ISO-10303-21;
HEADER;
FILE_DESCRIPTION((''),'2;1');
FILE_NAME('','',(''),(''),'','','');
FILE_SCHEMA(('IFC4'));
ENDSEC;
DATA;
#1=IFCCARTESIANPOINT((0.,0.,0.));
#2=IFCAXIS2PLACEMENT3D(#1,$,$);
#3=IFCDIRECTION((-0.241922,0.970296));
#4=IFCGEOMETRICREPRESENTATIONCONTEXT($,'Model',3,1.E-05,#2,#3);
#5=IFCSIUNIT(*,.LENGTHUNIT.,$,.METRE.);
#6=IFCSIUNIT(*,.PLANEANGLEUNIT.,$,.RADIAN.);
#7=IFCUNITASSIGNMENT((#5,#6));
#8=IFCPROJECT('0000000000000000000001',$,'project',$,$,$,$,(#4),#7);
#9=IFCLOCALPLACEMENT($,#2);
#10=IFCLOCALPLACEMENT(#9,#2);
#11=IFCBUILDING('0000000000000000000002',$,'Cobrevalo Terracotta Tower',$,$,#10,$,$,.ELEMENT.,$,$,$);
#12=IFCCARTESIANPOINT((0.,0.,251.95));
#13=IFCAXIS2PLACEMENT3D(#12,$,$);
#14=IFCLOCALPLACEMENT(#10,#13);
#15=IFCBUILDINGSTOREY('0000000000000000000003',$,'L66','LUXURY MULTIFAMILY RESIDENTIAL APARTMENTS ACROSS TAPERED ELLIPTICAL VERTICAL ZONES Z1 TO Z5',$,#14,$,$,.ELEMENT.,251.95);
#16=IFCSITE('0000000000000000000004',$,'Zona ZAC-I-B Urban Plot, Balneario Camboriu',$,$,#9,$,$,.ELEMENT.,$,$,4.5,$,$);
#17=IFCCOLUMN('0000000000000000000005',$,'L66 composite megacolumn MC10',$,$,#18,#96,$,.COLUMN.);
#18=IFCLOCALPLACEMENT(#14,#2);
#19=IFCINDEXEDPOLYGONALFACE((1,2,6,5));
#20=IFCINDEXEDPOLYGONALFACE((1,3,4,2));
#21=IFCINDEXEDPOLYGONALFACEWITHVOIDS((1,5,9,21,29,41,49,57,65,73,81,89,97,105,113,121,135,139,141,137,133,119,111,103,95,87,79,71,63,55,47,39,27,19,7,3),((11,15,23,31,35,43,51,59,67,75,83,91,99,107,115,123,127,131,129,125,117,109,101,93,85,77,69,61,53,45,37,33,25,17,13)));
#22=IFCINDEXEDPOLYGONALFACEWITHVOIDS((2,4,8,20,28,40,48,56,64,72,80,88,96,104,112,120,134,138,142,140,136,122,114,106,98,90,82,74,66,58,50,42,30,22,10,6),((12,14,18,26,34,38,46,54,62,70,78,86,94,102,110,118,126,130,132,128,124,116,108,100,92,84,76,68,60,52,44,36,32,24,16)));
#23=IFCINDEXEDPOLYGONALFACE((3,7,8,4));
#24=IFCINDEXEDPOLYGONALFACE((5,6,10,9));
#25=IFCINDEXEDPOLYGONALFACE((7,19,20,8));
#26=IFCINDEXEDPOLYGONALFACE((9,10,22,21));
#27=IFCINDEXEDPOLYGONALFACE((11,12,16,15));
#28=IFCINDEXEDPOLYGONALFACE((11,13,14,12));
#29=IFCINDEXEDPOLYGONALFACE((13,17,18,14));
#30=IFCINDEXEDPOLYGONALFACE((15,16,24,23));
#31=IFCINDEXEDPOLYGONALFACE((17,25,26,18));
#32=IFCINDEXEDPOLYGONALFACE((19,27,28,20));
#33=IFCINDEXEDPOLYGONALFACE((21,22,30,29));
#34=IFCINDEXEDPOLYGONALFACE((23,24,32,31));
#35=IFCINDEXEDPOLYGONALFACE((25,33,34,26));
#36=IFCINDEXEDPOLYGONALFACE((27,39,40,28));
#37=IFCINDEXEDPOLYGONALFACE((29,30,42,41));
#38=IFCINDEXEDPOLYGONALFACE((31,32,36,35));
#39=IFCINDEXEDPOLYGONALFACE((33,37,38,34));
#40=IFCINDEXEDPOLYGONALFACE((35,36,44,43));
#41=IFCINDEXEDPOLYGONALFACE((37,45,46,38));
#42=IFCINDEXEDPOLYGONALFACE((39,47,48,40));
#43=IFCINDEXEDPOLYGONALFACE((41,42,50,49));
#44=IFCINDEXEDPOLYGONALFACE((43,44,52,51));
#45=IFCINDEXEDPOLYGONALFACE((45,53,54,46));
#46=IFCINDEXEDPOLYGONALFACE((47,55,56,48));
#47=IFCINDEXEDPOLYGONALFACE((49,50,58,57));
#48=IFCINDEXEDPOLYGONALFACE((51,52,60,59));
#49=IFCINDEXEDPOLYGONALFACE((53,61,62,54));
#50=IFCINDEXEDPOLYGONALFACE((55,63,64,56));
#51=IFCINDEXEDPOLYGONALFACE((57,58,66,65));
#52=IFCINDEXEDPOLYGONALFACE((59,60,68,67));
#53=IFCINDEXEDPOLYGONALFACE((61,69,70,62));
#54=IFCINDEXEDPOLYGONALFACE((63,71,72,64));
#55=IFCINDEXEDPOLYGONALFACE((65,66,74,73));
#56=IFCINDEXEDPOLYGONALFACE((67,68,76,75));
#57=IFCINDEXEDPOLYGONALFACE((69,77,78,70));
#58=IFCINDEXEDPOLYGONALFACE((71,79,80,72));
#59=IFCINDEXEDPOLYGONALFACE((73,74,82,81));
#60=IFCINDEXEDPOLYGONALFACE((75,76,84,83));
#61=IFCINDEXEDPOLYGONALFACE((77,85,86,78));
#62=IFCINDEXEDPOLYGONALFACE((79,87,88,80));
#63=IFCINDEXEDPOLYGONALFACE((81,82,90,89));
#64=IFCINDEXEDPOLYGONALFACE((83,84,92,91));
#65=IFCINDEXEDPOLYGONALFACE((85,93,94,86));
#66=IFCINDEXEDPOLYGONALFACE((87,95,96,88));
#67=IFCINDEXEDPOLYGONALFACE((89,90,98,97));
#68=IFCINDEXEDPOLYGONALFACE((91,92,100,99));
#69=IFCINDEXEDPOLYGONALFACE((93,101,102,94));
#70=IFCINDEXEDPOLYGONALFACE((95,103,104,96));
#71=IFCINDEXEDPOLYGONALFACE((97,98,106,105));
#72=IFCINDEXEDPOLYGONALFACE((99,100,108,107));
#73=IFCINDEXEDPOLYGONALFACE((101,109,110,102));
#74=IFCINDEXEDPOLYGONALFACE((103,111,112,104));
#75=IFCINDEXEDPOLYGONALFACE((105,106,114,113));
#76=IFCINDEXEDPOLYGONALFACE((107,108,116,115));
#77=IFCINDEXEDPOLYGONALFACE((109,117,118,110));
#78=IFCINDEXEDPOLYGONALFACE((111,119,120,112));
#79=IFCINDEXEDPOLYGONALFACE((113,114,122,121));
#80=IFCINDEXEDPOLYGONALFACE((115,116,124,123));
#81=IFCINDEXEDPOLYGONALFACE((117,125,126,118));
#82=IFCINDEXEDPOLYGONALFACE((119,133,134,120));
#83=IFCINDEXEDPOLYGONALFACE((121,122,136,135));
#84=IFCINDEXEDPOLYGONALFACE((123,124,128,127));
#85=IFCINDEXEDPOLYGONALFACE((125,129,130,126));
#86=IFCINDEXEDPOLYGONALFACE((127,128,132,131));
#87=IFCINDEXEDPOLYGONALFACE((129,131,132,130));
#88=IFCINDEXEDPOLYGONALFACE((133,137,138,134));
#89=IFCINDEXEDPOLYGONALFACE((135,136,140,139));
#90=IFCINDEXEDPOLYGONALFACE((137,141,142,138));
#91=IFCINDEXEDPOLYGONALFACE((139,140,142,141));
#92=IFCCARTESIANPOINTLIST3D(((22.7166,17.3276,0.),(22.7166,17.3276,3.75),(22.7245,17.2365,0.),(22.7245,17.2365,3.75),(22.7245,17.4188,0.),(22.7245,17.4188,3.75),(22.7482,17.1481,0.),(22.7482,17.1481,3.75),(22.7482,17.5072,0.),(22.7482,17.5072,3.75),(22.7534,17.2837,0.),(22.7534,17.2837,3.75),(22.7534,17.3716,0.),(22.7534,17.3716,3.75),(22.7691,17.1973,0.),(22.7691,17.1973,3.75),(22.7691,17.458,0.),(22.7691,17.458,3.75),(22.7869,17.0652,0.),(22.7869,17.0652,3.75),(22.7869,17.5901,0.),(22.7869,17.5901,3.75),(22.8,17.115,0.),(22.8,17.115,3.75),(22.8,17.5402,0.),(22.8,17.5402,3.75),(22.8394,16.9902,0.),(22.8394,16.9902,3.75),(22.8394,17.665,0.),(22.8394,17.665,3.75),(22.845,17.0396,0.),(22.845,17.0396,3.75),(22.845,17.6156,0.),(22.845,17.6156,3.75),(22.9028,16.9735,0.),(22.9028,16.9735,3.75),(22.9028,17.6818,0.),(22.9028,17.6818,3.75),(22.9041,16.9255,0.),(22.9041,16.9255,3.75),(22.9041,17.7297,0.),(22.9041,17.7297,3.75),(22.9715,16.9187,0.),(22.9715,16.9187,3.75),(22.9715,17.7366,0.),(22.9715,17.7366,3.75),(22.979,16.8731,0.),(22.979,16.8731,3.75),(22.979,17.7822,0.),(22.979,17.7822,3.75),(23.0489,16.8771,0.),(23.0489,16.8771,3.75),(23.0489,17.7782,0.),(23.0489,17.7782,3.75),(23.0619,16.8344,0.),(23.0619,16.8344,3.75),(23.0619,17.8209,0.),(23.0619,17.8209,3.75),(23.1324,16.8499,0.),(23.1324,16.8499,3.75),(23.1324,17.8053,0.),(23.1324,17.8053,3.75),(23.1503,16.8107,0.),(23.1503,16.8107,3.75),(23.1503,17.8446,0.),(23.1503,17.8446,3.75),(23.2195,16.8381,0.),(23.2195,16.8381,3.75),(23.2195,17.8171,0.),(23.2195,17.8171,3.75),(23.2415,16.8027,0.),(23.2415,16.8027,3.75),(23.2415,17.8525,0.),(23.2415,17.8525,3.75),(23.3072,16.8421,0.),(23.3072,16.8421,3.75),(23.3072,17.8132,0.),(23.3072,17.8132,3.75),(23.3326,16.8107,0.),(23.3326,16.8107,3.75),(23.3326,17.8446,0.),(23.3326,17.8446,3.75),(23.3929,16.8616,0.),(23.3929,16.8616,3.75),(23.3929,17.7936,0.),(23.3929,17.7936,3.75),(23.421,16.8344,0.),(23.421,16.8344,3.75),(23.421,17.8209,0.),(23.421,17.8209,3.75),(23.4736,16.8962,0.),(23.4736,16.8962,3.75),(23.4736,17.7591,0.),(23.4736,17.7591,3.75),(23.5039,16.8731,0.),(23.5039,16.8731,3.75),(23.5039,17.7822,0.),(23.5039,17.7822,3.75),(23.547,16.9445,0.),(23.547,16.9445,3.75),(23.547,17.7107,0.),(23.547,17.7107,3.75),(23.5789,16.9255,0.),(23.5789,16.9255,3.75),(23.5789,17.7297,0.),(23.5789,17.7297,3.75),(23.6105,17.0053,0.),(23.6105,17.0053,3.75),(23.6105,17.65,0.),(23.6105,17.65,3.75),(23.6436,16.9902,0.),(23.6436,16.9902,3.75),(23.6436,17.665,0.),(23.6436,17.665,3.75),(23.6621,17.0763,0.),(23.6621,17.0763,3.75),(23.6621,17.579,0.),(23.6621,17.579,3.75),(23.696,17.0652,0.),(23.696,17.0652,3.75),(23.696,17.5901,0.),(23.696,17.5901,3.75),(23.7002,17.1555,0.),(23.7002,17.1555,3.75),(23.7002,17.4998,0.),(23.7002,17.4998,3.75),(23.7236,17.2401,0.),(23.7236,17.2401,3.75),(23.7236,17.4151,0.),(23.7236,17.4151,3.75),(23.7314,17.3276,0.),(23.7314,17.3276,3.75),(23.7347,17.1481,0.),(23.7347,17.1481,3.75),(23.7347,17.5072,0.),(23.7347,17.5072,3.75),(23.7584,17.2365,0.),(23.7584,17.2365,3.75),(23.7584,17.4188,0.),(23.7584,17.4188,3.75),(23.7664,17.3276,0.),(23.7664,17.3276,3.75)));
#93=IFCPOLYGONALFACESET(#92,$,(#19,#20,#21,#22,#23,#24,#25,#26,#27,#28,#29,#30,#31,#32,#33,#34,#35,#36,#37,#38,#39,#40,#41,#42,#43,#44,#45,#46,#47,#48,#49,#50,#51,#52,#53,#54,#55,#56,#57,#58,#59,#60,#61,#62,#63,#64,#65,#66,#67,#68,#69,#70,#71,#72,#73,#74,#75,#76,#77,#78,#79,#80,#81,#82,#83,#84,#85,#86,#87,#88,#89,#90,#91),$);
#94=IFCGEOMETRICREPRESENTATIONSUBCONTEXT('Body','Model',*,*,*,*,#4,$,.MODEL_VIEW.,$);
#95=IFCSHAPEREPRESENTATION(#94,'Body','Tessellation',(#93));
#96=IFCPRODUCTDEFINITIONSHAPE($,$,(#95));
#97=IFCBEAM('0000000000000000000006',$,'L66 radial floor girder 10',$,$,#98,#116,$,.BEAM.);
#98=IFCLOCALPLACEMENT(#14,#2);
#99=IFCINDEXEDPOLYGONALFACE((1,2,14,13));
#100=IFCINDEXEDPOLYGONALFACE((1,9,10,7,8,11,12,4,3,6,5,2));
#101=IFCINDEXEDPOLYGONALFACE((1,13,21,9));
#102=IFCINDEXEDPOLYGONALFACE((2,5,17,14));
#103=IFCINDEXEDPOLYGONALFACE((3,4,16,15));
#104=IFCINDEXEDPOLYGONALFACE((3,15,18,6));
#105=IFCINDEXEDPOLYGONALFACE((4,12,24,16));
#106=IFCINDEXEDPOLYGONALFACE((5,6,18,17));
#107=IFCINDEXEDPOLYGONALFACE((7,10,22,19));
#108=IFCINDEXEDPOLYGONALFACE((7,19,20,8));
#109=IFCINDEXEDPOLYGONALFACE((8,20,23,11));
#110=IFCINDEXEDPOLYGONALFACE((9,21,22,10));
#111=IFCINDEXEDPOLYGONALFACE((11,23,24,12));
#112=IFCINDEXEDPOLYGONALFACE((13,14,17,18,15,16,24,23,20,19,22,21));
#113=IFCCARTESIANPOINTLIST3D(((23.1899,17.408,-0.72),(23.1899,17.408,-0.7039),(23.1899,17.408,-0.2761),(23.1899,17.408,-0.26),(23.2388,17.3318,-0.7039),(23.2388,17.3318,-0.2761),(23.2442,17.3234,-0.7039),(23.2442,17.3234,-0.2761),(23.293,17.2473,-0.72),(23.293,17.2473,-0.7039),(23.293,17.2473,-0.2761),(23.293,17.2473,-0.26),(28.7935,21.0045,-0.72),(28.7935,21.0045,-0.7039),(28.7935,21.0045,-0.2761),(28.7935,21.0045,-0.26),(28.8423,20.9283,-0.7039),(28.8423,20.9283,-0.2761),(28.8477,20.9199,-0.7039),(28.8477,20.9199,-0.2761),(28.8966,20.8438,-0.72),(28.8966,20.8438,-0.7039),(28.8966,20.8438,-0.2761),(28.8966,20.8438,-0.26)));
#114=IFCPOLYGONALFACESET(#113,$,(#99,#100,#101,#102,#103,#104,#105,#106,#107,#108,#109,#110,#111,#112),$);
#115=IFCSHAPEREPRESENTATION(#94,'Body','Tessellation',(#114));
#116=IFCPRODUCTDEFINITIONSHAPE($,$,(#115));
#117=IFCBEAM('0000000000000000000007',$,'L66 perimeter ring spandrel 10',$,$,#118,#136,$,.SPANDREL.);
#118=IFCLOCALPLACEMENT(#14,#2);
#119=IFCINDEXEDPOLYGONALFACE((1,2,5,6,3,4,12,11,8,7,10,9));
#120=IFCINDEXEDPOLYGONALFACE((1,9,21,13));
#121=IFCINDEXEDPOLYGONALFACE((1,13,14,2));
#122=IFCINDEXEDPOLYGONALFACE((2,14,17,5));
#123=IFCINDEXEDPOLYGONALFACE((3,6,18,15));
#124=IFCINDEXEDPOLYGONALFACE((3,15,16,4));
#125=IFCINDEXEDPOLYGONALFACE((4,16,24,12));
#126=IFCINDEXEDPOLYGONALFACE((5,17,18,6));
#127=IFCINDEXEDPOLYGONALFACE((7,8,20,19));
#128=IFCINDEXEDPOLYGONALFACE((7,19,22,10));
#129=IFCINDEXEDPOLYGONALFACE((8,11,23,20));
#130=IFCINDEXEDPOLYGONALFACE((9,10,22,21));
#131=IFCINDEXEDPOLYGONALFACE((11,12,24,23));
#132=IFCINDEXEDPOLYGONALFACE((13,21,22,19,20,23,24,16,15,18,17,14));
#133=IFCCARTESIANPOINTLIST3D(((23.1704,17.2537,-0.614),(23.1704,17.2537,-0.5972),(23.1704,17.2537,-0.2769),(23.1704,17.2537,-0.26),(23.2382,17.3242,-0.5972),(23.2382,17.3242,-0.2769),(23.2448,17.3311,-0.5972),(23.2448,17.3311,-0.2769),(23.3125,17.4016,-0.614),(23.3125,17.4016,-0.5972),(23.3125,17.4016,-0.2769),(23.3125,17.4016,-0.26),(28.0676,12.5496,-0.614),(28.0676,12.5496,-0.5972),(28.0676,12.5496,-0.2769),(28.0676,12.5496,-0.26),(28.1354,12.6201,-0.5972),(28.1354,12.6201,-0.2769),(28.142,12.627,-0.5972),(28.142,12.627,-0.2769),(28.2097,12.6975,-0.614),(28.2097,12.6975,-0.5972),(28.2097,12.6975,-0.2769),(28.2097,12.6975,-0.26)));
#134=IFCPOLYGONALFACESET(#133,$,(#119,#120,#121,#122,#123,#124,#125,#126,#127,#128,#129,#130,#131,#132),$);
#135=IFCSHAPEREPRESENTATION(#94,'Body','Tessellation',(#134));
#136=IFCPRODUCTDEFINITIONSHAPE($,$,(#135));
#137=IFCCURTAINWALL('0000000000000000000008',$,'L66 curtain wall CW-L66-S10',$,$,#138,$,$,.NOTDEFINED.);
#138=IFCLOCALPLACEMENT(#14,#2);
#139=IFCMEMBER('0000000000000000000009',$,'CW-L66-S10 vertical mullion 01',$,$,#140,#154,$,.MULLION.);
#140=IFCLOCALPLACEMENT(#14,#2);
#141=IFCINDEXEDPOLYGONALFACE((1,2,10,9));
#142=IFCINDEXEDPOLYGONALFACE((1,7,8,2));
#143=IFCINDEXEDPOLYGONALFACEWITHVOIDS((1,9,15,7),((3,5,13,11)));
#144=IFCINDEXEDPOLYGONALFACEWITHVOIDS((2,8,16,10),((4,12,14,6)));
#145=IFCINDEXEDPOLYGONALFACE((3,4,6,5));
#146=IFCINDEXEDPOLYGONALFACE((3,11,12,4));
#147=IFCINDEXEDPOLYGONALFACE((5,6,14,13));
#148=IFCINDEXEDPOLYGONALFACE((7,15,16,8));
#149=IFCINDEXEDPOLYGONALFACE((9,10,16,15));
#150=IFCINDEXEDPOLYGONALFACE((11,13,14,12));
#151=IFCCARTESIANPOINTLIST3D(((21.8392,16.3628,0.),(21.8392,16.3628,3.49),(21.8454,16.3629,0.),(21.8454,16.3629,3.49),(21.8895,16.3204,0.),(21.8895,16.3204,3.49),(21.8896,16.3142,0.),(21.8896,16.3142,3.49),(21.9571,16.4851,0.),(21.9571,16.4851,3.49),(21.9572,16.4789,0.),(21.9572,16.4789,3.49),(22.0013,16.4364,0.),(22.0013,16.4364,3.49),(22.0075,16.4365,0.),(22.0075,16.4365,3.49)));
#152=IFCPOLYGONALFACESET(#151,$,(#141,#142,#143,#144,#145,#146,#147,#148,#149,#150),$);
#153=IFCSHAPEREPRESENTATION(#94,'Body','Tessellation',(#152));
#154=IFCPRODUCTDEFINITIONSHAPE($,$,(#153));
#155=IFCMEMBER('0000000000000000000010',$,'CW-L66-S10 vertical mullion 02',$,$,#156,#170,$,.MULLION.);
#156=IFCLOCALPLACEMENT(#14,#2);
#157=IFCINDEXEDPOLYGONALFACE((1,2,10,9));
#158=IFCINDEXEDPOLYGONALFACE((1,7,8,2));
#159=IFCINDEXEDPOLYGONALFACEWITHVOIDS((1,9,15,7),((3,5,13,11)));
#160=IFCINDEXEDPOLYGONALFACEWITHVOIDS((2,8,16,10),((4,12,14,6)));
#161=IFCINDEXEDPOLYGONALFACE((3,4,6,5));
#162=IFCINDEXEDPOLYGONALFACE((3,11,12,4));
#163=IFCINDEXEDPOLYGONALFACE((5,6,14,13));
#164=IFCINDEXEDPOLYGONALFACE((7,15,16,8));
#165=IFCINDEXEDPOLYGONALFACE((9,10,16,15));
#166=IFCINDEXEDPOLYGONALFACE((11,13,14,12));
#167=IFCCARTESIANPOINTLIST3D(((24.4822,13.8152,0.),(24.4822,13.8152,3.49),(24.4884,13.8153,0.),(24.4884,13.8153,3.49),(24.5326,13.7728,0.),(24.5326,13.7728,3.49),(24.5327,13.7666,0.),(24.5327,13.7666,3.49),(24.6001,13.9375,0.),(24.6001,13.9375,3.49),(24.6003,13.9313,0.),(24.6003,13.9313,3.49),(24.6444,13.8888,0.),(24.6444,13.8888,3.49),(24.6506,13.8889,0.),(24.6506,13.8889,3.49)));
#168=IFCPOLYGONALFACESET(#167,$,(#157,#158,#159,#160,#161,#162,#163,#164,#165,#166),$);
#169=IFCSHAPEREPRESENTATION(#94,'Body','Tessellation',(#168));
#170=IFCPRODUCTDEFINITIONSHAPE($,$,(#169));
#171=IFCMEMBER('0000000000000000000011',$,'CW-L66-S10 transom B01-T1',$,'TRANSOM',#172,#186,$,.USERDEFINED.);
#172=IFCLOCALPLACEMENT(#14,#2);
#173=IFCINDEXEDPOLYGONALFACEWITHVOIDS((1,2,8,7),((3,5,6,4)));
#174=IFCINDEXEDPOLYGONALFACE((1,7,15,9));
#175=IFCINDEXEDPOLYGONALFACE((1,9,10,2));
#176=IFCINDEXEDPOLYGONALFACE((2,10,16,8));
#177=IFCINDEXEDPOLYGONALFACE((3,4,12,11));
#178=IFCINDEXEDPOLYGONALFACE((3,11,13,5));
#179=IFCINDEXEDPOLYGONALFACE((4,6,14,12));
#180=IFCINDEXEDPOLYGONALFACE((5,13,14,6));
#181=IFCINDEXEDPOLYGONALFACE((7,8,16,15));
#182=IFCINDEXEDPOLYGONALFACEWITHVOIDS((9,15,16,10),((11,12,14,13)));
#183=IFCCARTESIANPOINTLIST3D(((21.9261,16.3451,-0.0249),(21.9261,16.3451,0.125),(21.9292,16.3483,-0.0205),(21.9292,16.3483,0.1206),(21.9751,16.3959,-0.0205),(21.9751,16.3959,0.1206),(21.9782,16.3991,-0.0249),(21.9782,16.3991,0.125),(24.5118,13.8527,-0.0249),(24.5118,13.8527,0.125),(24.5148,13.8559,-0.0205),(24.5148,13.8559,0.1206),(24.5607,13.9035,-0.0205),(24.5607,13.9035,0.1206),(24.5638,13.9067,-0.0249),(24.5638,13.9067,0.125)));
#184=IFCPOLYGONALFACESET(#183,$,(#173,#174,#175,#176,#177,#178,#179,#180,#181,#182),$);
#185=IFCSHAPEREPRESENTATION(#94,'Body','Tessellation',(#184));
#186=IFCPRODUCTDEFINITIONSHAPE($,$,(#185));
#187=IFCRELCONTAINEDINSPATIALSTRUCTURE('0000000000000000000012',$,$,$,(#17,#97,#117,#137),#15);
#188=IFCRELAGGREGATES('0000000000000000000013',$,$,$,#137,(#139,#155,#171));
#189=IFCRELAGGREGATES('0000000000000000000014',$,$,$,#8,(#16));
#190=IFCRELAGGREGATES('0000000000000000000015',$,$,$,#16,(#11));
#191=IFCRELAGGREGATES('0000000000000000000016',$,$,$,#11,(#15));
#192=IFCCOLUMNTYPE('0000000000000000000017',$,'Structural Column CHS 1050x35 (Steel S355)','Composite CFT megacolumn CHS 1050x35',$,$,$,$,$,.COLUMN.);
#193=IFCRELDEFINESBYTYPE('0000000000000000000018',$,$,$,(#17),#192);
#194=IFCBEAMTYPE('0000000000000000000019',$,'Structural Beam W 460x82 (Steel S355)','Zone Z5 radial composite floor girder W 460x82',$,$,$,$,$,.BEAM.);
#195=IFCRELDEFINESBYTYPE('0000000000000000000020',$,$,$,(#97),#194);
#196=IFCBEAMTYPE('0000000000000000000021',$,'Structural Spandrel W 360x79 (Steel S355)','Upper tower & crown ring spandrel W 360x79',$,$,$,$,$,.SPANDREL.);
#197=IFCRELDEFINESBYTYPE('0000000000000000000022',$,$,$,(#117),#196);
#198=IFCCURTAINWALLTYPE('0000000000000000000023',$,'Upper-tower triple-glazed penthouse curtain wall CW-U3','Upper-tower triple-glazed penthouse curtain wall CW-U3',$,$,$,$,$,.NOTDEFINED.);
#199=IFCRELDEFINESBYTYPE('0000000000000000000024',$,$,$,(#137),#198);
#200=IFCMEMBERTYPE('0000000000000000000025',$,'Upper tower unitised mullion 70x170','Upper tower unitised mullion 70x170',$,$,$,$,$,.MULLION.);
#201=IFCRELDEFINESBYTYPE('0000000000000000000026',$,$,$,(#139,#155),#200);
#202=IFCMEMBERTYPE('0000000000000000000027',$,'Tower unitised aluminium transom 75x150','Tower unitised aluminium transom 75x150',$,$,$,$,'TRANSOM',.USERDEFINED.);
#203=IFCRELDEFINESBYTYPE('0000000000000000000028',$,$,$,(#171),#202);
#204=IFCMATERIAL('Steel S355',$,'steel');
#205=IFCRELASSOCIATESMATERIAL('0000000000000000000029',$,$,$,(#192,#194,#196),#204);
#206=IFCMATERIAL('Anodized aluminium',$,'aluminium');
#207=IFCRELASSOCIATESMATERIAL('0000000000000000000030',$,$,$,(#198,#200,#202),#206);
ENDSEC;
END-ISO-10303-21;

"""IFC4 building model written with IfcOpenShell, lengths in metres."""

from ifc_helpers import new_model, si_unit, direction, frame, origin, origin_2d, place, context, subcontext, project, spatial, hollow_rectangle, hollow_circle, i_section, extrude, source, transform, mapped, material, material_profile, profile_set, type_object, element, aggregate, save


model = new_model("IFC4")

# Units and contexts
model_context = context("Model", 3, precision=1e-05, world=origin(), true_north=direction((-0.241922, 0.970296)))
body_context = subcontext(model_context, "Body", "Model", "MODEL_VIEW")
ifc_project = project(units=[si_unit("LENGTHUNIT", "METRE"), si_unit("PLANEANGLEUNIT", "RADIAN")], contexts=[model_context])

# Site, building, storey
site_placement = place(None, origin())
site = spatial("IfcSite", under=ifc_project, at=site_placement, Name="Zona ZAC-I-B Urban Plot, Balneario Camboriu", CompositionType="ELEMENT", RefElevation=4.5)
building_placement = place(site_placement, origin())
building = spatial("IfcBuilding", under=site, at=building_placement, Name="Cobrevalo Terracotta Tower", CompositionType="ELEMENT")
storey_placement = place(building_placement, frame((0.0, 0.0, 251.95)))
storey = spatial("IfcBuildingStorey", under=building, at=storey_placement, Name="L66", Description="LUXURY MULTIFAMILY RESIDENTIAL APARTMENTS ACROSS TAPERED ELLIPTICAL VERTICAL ZONES Z1 TO Z5", CompositionType="ELEMENT", Elevation=251.95)

# Column
ifc_material_1 = material(Name="Steel S355", Category="steel")
ifc_material_profile_1 = material_profile(ifc_material_1, hollow_circle(Radius=0.5249, WallThickness=0.0349, at=origin_2d()), Name="CHS 1050x35")
ifc_profile_set_1 = profile_set([ifc_material_profile_1], Name="Steel S355")
column_type = type_object("IfcColumnType", Name="Structural Column CHS 1050x35 (Steel S355)", Description="Composite CFT megacolumn CHS 1050x35", PredefinedType="COLUMN", material=ifc_profile_set_1)
column_placement = place(storey_placement, frame((23.2415, 17.3276, 0.0), z_axis=(0.0, 0.0, 1.0), x_axis=(1.0, 0.0, 0.0)))
element("IfcColumn", 1, at=column_placement, inside=storey, type_object=column_type, Name="L66 composite megacolumn MC10", PredefinedType="COLUMN", context=body_context, shape_type="SweptSolid", body=[
    extrude(hollow_circle(Radius=0.5249, WallThickness=0.0349, at=origin_2d()), origin(), (0.0, 0.0, 1.0), 3.75),
])

# Beams
ifc_material_profile_2 = material_profile(ifc_material_1, i_section(OverallWidth=0.1909, OverallDepth=0.46, WebThickness=0.01, FlangeThickness=0.0161, at=origin_2d()), Name="W 460x82")
ifc_profile_set_2 = profile_set([ifc_material_profile_2], Name="Steel S355")
beam_type_1 = type_object("IfcBeamType", Name="Structural Beam W 460x82 (Steel S355)", Description="Zone Z5 radial composite floor girder W 460x82", PredefinedType="BEAM", material=ifc_profile_set_2)
beam_1_placement = place(storey_placement, frame((23.2415, 17.3276, -0.49), z_axis=(0.841576, 0.540138, 0.0), x_axis=(-0.540138, 0.841576, 0.0)))
element("IfcBeam", 2, at=beam_1_placement, inside=storey, type_object=beam_type_1, Name="L66 radial floor girder 10", PredefinedType="BEAM", context=body_context, shape_type="SweptSolid", body=[
    extrude(i_section(OverallWidth=0.1909, OverallDepth=0.46, WebThickness=0.01, FlangeThickness=0.0161, at=origin_2d()), origin(), (0.0, 0.0, 1.0), 6.6584),
])
ifc_material_profile_3 = material_profile(ifc_material_1, i_section(OverallWidth=0.2051, OverallDepth=0.354, WebThickness=0.0095, FlangeThickness=0.0168, at=origin_2d()), Name="W 360x79")
ifc_profile_set_3 = profile_set([ifc_material_profile_3], Name="Steel S355")
beam_type_2 = type_object("IfcBeamType", Name="Structural Spandrel W 360x79 (Steel S355)", Description="Upper tower & crown ring spandrel W 360x79", PredefinedType="SPANDREL", material=ifc_profile_set_3)
beam_2_placement = place(storey_placement, frame((23.2415, 17.3276, -0.437), z_axis=(0.721183, -0.692744, 0.0), x_axis=(0.692744, 0.721183, 0.0)))
element("IfcBeam", 3, at=beam_2_placement, inside=storey, type_object=beam_type_2, Name="L66 perimeter ring spandrel 10", PredefinedType="SPANDREL", context=body_context, shape_type="SweptSolid", body=[
    extrude(i_section(OverallWidth=0.2051, OverallDepth=0.354, WebThickness=0.0095, FlangeThickness=0.0168, at=origin_2d()), origin(), (0.0, 0.0, 1.0), 6.7905),
])

# Curtain wall, members
ifc_material_2 = material(Name="Anodized aluminium", Category="aluminium")
curtain_wall_type = type_object("IfcCurtainWallType", Name="Upper-tower triple-glazed penthouse curtain wall CW-U3", Description="Upper-tower triple-glazed penthouse curtain wall CW-U3", PredefinedType="NOTDEFINED", material=ifc_material_2)
curtain_wall_placement = place(storey_placement, origin())
curtain_wall = element("IfcCurtainWall", 4, at=curtain_wall_placement, inside=storey, type_object=curtain_wall_type, Name="L66 curtain wall CW-L66-S10", PredefinedType="NOTDEFINED")
ifc_material_profile_4 = material_profile(ifc_material_2, hollow_rectangle(XDim=0.0701, YDim=0.1699, WallThickness=0.0044, at=origin_2d()), Name="CWM 70x170")
ifc_profile_set_4 = profile_set([ifc_material_profile_4], Name="Anodized aluminium")
member_type_1 = type_object("IfcMemberType", Name="Upper tower unitised mullion 70x170", Description="Upper tower unitised mullion 70x170", PredefinedType="MULLION", material=ifc_profile_set_4)
shared_shape_1 = source(origin(), body_context, "Body", "SweptSolid", [
    extrude(hollow_rectangle(XDim=0.0701, YDim=0.1699, WallThickness=0.0044, at=origin_2d()), origin(), (0.0, 0.0, 1.0), 3.49),
])
member_1_placement = place(storey_placement, frame((21.9233, 16.3997, 0.0), z_axis=(0.0, 0.0, 1.0), x_axis=(0.719994, -0.69398, 0.0)))
member_1 = element("IfcMember", 5, at=member_1_placement, type_object=member_type_1, Name="CW-L66-S10 vertical mullion 01", PredefinedType="MULLION", context=body_context, shape_type="MappedRepresentation", body=[
    mapped(shared_shape_1, transform((0.0, 0.0, 0.0), scale=1.0)),
])
member_2_placement = place(storey_placement, frame((24.5664, 13.8521, 0.0), z_axis=(0.0, 0.0, 1.0), x_axis=(0.719994, -0.69398, 0.0)))
member_2 = element("IfcMember", 6, at=member_2_placement, type_object=member_type_1, Name="CW-L66-S10 vertical mullion 02", PredefinedType="MULLION", context=body_context, shape_type="MappedRepresentation", body=[
    mapped(shared_shape_1, transform((0.0, 0.0, 0.0), scale=1.0)),
])
ifc_material_profile_5 = material_profile(ifc_material_2, hollow_rectangle(XDim=0.075, YDim=0.1499, WallThickness=0.0044, at=origin_2d()), Name="CWT 75x150")
ifc_profile_set_5 = profile_set([ifc_material_profile_5], Name="Anodized aluminium")
member_type_2 = type_object("IfcMemberType", Name="Tower unitised aluminium transom 75x150", Description="Tower unitised aluminium transom 75x150", ElementType="TRANSOM", PredefinedType="USERDEFINED", material=ifc_profile_set_5)
shared_shape_2 = source(origin(), body_context, "Body", "SweptSolid", [
    extrude(hollow_rectangle(XDim=0.075, YDim=0.1499, WallThickness=0.0044, at=origin_2d()), origin(), (0.0, 0.0, 1.0), 3.5913),
])
member_3_placement = place(storey_placement, frame((21.9521, 16.3721, 0.05), z_axis=(0.719972, -0.694003, 0.0), x_axis=(0.694003, 0.719972, 0.0)))
member_3 = element("IfcMember", 7, at=member_3_placement, type_object=member_type_2, Name="CW-L66-S10 transom B01-T1", ObjectType="TRANSOM", PredefinedType="USERDEFINED", context=body_context, shape_type="MappedRepresentation", body=[
    mapped(shared_shape_2, transform((0.0, 0.0, 0.0), scale=1.0)),
])

aggregate(curtain_wall, [member_1, member_2, member_3])

save(model, "model.ifc")
